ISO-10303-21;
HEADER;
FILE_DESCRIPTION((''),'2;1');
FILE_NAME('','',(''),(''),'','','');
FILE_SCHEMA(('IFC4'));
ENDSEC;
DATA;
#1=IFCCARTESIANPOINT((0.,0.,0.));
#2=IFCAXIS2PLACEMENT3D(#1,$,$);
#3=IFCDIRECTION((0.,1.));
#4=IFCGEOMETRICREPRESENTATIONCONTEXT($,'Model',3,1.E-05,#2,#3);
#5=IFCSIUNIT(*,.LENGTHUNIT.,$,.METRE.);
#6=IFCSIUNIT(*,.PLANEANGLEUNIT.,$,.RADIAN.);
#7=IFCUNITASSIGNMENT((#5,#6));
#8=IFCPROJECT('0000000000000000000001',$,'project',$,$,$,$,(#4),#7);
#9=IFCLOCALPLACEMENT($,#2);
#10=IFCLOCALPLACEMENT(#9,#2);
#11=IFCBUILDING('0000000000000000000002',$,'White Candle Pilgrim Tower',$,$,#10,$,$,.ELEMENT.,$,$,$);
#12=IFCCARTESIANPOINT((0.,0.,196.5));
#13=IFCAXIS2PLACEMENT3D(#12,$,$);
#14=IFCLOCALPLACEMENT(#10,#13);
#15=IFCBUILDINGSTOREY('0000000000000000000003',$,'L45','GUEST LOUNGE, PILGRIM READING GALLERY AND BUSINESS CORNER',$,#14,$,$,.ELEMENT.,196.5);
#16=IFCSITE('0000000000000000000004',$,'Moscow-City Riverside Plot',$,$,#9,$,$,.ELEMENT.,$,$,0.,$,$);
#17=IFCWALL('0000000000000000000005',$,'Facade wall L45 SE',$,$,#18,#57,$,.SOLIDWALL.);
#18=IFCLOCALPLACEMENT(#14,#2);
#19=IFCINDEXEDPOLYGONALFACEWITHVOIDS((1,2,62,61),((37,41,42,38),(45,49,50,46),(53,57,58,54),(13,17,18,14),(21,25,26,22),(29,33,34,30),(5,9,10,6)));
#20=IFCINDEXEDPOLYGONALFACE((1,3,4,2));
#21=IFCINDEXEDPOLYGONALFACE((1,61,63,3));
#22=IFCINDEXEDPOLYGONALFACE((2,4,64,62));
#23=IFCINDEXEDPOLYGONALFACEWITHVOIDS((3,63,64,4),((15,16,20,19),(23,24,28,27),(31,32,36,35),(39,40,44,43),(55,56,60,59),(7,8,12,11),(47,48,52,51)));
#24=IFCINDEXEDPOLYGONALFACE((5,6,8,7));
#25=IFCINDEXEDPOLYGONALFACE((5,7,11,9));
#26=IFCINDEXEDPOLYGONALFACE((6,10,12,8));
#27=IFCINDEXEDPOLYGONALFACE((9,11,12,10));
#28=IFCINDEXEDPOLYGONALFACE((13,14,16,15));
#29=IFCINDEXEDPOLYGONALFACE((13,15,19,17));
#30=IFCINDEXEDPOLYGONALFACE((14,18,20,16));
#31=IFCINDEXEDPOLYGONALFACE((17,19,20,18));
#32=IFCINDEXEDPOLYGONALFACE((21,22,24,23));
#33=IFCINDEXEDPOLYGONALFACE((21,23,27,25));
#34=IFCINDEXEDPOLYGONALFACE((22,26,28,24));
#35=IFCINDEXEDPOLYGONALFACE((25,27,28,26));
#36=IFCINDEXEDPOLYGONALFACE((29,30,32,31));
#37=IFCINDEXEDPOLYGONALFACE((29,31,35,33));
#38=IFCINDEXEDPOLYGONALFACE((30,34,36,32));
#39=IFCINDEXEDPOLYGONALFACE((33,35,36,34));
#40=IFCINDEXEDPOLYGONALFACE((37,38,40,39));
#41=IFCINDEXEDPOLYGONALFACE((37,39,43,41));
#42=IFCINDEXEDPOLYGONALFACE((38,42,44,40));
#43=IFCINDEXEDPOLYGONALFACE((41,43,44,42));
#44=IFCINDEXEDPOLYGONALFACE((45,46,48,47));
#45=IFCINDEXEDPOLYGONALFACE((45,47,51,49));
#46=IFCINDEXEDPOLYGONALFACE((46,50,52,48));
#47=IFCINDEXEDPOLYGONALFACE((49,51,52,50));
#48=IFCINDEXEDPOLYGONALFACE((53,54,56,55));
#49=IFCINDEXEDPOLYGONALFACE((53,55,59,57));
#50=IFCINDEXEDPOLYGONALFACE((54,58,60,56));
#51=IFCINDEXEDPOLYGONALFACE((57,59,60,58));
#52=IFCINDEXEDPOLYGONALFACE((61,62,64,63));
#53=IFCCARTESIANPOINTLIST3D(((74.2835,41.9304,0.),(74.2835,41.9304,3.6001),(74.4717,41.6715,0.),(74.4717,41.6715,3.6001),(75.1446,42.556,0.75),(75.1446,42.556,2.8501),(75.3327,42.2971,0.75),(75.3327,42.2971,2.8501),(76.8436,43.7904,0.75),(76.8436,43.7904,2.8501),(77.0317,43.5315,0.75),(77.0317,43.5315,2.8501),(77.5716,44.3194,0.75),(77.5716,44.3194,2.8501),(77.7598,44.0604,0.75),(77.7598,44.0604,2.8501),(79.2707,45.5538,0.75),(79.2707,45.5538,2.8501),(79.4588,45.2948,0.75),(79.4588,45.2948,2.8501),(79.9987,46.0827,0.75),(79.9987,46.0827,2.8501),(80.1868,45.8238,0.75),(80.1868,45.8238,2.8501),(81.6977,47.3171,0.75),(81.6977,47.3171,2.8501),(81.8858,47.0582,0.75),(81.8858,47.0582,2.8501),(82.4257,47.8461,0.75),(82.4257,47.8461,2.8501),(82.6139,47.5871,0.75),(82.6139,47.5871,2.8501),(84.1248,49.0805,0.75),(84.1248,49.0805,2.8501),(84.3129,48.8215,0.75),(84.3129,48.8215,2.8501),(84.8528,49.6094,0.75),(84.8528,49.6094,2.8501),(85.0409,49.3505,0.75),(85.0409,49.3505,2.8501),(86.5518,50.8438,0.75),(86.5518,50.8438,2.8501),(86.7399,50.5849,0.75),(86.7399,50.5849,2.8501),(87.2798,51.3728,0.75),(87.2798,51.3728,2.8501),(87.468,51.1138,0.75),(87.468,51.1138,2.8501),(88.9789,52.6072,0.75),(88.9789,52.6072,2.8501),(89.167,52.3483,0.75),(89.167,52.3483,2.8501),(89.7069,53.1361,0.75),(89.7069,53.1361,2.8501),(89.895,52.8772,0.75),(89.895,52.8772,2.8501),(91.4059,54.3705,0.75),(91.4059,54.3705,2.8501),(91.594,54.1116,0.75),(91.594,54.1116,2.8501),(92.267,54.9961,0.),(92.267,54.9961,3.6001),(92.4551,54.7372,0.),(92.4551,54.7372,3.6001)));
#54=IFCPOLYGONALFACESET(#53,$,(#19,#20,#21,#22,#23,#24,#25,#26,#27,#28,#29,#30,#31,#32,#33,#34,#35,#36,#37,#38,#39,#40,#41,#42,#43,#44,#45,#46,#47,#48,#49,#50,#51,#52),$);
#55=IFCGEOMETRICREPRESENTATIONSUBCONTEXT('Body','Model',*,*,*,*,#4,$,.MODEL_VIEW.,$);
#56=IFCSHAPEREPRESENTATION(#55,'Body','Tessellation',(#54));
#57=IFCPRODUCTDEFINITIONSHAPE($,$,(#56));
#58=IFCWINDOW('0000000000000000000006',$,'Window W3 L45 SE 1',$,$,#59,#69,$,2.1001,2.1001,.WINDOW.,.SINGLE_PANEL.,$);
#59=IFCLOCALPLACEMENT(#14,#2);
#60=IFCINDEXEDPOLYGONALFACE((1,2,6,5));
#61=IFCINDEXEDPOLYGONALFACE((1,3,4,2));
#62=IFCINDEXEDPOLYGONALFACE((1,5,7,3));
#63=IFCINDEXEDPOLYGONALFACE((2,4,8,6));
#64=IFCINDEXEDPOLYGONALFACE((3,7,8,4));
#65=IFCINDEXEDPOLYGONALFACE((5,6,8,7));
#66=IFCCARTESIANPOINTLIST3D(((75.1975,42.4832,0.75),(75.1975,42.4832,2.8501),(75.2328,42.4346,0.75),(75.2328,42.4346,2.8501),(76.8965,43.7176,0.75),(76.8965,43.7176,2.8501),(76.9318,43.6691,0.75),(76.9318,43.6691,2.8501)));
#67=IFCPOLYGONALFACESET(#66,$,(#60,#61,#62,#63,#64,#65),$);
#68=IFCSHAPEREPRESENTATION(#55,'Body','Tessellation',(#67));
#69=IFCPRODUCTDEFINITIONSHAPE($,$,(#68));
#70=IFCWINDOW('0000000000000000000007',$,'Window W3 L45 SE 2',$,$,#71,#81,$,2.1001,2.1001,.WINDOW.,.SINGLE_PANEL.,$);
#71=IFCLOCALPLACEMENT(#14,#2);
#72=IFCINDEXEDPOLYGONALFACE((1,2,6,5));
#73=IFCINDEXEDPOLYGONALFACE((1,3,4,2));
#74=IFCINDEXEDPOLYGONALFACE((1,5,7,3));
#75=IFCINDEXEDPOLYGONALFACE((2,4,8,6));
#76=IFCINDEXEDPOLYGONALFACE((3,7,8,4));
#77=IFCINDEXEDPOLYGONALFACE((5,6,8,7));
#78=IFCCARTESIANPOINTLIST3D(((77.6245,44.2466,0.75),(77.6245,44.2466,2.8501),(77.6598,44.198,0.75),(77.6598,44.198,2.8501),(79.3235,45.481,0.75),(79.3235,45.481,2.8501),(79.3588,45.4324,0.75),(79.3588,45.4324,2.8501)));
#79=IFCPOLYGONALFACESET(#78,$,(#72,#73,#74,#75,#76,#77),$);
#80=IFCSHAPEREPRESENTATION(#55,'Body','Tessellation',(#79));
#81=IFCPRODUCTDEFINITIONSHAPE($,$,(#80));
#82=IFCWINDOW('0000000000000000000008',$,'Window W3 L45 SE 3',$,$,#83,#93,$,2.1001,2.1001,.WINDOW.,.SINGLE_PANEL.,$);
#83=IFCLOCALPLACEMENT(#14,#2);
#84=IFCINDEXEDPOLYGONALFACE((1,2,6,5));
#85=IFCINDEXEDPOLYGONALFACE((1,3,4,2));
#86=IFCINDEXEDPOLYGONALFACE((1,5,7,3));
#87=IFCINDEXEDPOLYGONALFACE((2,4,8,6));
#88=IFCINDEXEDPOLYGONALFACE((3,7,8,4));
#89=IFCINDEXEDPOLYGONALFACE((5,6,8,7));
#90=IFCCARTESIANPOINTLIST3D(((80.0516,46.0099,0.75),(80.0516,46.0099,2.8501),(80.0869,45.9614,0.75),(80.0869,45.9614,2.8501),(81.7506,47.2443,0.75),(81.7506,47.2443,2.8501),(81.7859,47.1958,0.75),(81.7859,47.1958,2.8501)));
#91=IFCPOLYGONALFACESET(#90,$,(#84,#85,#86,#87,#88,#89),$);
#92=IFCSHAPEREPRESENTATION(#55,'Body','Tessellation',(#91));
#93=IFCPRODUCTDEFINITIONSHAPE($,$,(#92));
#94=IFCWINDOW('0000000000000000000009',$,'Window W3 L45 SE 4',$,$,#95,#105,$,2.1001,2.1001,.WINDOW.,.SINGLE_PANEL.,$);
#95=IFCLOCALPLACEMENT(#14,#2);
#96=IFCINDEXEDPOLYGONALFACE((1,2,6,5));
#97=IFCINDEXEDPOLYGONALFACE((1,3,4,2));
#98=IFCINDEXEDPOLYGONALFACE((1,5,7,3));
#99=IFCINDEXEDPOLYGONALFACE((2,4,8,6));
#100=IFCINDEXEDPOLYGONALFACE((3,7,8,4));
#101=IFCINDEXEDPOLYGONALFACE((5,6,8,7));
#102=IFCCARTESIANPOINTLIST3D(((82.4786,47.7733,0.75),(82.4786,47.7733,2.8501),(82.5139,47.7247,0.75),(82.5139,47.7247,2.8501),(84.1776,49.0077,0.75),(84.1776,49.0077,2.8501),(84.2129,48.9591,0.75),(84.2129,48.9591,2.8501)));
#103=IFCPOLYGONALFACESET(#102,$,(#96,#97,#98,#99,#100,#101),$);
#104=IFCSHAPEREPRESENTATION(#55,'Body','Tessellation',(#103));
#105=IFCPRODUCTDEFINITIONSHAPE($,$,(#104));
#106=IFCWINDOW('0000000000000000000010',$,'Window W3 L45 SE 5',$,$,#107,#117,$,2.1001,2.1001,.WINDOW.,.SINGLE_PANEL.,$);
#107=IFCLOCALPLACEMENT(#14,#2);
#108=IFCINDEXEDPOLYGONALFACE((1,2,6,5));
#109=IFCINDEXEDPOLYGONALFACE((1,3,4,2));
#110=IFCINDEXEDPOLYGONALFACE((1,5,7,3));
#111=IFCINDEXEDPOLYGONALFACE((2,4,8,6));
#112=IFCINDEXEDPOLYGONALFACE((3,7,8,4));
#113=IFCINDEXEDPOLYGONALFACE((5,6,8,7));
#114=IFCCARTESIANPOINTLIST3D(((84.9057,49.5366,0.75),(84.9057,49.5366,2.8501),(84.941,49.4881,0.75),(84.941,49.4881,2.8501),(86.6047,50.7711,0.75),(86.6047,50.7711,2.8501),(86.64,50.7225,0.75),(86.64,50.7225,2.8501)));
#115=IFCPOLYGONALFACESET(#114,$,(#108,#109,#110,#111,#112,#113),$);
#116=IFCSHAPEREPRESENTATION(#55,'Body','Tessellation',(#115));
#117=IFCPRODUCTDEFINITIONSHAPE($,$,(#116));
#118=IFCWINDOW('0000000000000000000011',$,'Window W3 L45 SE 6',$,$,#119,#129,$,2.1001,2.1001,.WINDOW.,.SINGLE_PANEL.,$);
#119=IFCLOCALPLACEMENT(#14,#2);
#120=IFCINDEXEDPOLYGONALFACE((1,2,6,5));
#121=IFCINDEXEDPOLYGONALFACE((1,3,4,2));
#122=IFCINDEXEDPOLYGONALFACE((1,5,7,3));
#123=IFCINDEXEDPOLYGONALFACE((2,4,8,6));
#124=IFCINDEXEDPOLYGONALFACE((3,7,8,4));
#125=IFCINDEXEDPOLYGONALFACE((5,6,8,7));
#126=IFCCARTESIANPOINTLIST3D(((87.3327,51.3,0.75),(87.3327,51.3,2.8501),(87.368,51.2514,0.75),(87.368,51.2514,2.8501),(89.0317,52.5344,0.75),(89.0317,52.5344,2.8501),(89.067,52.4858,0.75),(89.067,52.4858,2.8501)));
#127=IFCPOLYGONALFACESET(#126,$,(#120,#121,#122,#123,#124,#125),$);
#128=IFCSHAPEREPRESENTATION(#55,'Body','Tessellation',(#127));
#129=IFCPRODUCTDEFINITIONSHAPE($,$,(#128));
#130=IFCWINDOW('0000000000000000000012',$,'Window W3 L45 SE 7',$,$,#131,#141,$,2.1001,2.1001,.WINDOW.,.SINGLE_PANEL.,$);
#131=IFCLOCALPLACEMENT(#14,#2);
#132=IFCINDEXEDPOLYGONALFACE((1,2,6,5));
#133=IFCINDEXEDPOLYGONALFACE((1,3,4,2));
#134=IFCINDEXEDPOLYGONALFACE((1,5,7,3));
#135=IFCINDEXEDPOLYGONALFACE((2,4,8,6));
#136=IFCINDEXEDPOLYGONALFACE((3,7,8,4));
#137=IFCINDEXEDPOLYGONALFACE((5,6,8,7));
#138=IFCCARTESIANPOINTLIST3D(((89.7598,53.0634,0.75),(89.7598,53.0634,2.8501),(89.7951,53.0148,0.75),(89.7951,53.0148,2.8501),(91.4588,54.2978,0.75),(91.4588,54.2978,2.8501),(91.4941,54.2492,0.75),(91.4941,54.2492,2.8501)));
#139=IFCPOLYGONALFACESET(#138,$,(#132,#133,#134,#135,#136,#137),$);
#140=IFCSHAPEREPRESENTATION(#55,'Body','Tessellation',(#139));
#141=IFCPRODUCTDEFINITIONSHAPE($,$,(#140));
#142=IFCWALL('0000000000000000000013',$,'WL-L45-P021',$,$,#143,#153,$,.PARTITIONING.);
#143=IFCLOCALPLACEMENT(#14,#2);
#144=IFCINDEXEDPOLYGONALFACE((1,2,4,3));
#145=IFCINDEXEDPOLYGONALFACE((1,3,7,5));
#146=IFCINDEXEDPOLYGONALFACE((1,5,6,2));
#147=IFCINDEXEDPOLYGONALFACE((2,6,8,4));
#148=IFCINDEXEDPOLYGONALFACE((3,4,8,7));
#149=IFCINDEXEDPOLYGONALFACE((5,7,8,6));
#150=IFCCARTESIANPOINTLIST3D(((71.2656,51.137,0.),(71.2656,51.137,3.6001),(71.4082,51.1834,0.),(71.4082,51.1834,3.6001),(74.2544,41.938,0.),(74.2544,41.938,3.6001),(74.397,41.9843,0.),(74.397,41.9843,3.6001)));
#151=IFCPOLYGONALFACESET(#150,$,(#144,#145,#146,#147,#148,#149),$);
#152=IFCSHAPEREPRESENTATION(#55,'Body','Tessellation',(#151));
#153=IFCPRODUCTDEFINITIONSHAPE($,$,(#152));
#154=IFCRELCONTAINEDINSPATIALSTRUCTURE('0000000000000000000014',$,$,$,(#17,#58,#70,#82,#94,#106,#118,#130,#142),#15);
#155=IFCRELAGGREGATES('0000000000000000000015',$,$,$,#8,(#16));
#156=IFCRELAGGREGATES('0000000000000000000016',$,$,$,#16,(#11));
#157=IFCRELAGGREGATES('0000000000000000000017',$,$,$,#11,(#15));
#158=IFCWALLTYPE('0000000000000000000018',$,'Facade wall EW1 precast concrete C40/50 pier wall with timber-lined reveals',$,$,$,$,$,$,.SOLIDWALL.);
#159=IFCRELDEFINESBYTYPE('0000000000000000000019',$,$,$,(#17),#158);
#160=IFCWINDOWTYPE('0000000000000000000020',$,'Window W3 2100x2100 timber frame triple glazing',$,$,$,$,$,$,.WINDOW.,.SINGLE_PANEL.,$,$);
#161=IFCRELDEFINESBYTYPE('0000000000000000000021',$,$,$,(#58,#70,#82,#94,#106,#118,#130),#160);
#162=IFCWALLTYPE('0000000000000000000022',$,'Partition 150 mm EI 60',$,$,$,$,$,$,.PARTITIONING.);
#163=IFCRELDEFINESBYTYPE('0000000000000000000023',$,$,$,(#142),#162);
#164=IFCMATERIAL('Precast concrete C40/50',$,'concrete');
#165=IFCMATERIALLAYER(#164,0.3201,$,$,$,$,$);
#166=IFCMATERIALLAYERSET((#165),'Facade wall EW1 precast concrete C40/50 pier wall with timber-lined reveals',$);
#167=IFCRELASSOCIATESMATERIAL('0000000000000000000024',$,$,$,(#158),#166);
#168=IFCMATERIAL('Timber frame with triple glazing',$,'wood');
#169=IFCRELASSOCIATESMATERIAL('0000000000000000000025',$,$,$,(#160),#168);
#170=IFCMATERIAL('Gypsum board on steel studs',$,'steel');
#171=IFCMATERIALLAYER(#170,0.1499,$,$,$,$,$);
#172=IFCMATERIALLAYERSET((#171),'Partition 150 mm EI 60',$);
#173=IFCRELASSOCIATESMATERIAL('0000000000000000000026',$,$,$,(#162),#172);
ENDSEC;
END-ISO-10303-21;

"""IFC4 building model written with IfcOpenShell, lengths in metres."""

from ifc_helpers import new_model, si_unit, direction, frame, frame_2d, origin, place, context, subcontext, project, spatial, rectangle, extrude, material, layer, layer_set, type_object, element, fill, save


model = new_model("IFC4")

# Units and contexts
model_context = context("Model", 3, precision=1e-05, world=origin(), true_north=direction((0.0, 1.0)))
body_context = subcontext(model_context, "Body", "Model", "MODEL_VIEW")
ifc_project = project(units=[si_unit("LENGTHUNIT", "METRE"), si_unit("PLANEANGLEUNIT", "RADIAN")], contexts=[model_context])

# Site, building, storey
site_placement = place(None, origin())
site = spatial("IfcSite", under=ifc_project, at=site_placement, Name="Moscow-City Riverside Plot", CompositionType="ELEMENT", RefElevation=0.0)
building_placement = place(site_placement, origin())
building = spatial("IfcBuilding", under=site, at=building_placement, Name="White Candle Pilgrim Tower", CompositionType="ELEMENT")
storey_placement = place(building_placement, frame((0.0, 0.0, 196.5)))
storey = spatial("IfcBuildingStorey", under=building, at=storey_placement, Name="L45", Description="GUEST LOUNGE, PILGRIM READING GALLERY AND BUSINESS CORNER", CompositionType="ELEMENT", Elevation=196.5)

# Shared definitions
ifc_material_1 = material(Name="Gypsum board on steel studs", Category="steel")

# Wall, openings, windows
ifc_material_2 = material(Name="Precast concrete C40/50", Category="concrete")
ifc_layer_1 = layer(ifc_material_2, 0.3201)
ifc_layer_set_1 = layer_set([ifc_layer_1], Name="Facade wall EW1 precast concrete C40/50 pier wall with timber-lined reveals")
wall_type_1 = type_object("IfcWallType", Name="Facade wall EW1 precast concrete C40/50 pier wall with timber-lined reveals", PredefinedType="SOLIDWALL", material=ifc_layer_set_1)
wall_1_placement = place(storey_placement, frame((74.3777, 41.801, 0.0), z_axis=(0.0, 0.0, 1.0), x_axis=(0.809018, 0.587784, 0.0)))
wall_1 = element("IfcWall", 1, at=wall_1_placement, inside=storey, type_object=wall_type_1, Name="Facade wall L45 SE", PredefinedType="SOLIDWALL", context=body_context, shape_type="SweptSolid", body=[
    extrude(rectangle(XDim=22.2288, YDim=0.3201, at=frame_2d((11.1143, 0.0))), origin(), (0.0, 0.0, 1.0), 3.6001),
])
opening_1_placement = place(wall_1_placement, frame((1.0642, 0.0, 0.75)))
opening_1 = element("IfcOpeningElement", 2, at=opening_1_placement, cuts=wall_1, PredefinedType="OPENING", context=body_context, shape_type="SweptSolid", body=[
    extrude(rectangle(XDim=2.1001, YDim=2.1001, at=frame_2d((1.05, 1.05))), frame((0.0, 0.1699, 0.0), z_axis=(0.0, -1.0, 0.0), x_axis=(1.0, 0.0, 0.0)), (0.0, 0.0, 1.0), 0.3401),
])
opening_2_placement = place(wall_1_placement, frame((4.0642, 0.0, 0.75)))
opening_2 = element("IfcOpeningElement", 3, at=opening_2_placement, cuts=wall_1, PredefinedType="OPENING", context=body_context, shape_type="SweptSolid", body=[
    extrude(rectangle(XDim=2.1001, YDim=2.1001, at=frame_2d((1.05, 1.05))), frame((0.0, 0.1699, 0.0), z_axis=(0.0, -1.0, 0.0), x_axis=(1.0, 0.0, 0.0)), (0.0, 0.0, 1.0), 0.3401),
])
opening_3_placement = place(wall_1_placement, frame((7.0642, 0.0, 0.75)))
opening_3 = element("IfcOpeningElement", 4, at=opening_3_placement, cuts=wall_1, PredefinedType="OPENING", context=body_context, shape_type="SweptSolid", body=[
    extrude(rectangle(XDim=2.1001, YDim=2.1001, at=frame_2d((1.05, 1.05))), frame((0.0, 0.1699, 0.0), z_axis=(0.0, -1.0, 0.0), x_axis=(1.0, 0.0, 0.0)), (0.0, 0.0, 1.0), 0.3401),
])
opening_4_placement = place(wall_1_placement, frame((10.0642, 0.0, 0.75)))
opening_4 = element("IfcOpeningElement", 5, at=opening_4_placement, cuts=wall_1, PredefinedType="OPENING", context=body_context, shape_type="SweptSolid", body=[
    extrude(rectangle(XDim=2.1001, YDim=2.1001, at=frame_2d((1.05, 1.05))), frame((0.0, 0.1699, 0.0), z_axis=(0.0, -1.0, 0.0), x_axis=(1.0, 0.0, 0.0)), (0.0, 0.0, 1.0), 0.3401),
])
opening_5_placement = place(wall_1_placement, frame((13.0642, 0.0, 0.75)))
opening_5 = element("IfcOpeningElement", 6, at=opening_5_placement, cuts=wall_1, PredefinedType="OPENING", context=body_context, shape_type="SweptSolid", body=[
    extrude(rectangle(XDim=2.1001, YDim=2.1001, at=frame_2d((1.05, 1.05))), frame((0.0, 0.1699, 0.0), z_axis=(0.0, -1.0, 0.0), x_axis=(1.0, 0.0, 0.0)), (0.0, 0.0, 1.0), 0.3401),
])
opening_6_placement = place(wall_1_placement, frame((16.0642, 0.0, 0.75)))
opening_6 = element("IfcOpeningElement", 7, at=opening_6_placement, cuts=wall_1, PredefinedType="OPENING", context=body_context, shape_type="SweptSolid", body=[
    extrude(rectangle(XDim=2.1001, YDim=2.1001, at=frame_2d((1.05, 1.05))), frame((0.0, 0.1699, 0.0), z_axis=(0.0, -1.0, 0.0), x_axis=(1.0, 0.0, 0.0)), (0.0, 0.0, 1.0), 0.3401),
])
opening_7_placement = place(wall_1_placement, frame((19.0642, 0.0, 0.75)))
opening_7 = element("IfcOpeningElement", 8, at=opening_7_placement, cuts=wall_1, PredefinedType="OPENING", context=body_context, shape_type="SweptSolid", body=[
    extrude(rectangle(XDim=2.1001, YDim=2.1001, at=frame_2d((1.05, 1.05))), frame((0.0, 0.1699, 0.0), z_axis=(0.0, -1.0, 0.0), x_axis=(1.0, 0.0, 0.0)), (0.0, 0.0, 1.0), 0.3401),
])
ifc_material_3 = material(Name="Timber frame with triple glazing", Category="wood")
window_type = type_object("IfcWindowType", Name="Window W3 2100x2100 timber frame triple glazing", PartitioningType="SINGLE_PANEL", PredefinedType="WINDOW", material=ifc_material_3)
window_1_placement = place(opening_1_placement, origin())
window_1 = element("IfcWindow", 9, at=window_1_placement, inside=storey, type_object=window_type, Name="Window W3 L45 SE 1", OverallHeight=2.1001, OverallWidth=2.1001, PartitioningType="SINGLE_PANEL", PredefinedType="WINDOW", context=body_context, shape_type="SweptSolid", body=[
    extrude(rectangle(XDim=2.1001, YDim=2.1001, at=frame_2d((1.05, 1.05))), frame((0.0, 0.0701, 0.0), z_axis=(0.0, -1.0, 0.0), x_axis=(1.0, 0.0, 0.0)), (0.0, 0.0, 1.0), 0.0601),
])
fill(opening_1, window_1)
window_2_placement = place(opening_2_placement, origin())
window_2 = element("IfcWindow", 10, at=window_2_placement, inside=storey, type_object=window_type, Name="Window W3 L45 SE 2", OverallHeight=2.1001, OverallWidth=2.1001, PartitioningType="SINGLE_PANEL", PredefinedType="WINDOW", context=body_context, shape_type="SweptSolid", body=[
    extrude(rectangle(XDim=2.1001, YDim=2.1001, at=frame_2d((1.05, 1.05))), frame((0.0, 0.0701, 0.0), z_axis=(0.0, -1.0, 0.0), x_axis=(1.0, 0.0, 0.0)), (0.0, 0.0, 1.0), 0.0601),
])
fill(opening_2, window_2)
window_3_placement = place(opening_3_placement, origin())
window_3 = element("IfcWindow", 11, at=window_3_placement, inside=storey, type_object=window_type, Name="Window W3 L45 SE 3", OverallHeight=2.1001, OverallWidth=2.1001, PartitioningType="SINGLE_PANEL", PredefinedType="WINDOW", context=body_context, shape_type="SweptSolid", body=[
    extrude(rectangle(XDim=2.1001, YDim=2.1001, at=frame_2d((1.05, 1.05))), frame((0.0, 0.0701, 0.0), z_axis=(0.0, -1.0, 0.0), x_axis=(1.0, 0.0, 0.0)), (0.0, 0.0, 1.0), 0.0601),
])
fill(opening_3, window_3)
window_4_placement = place(opening_4_placement, origin())
window_4 = element("IfcWindow", 12, at=window_4_placement, inside=storey, type_object=window_type, Name="Window W3 L45 SE 4", OverallHeight=2.1001, OverallWidth=2.1001, PartitioningType="SINGLE_PANEL", PredefinedType="WINDOW", context=body_context, shape_type="SweptSolid", body=[
    extrude(rectangle(XDim=2.1001, YDim=2.1001, at=frame_2d((1.05, 1.05))), frame((0.0, 0.0701, 0.0), z_axis=(0.0, -1.0, 0.0), x_axis=(1.0, 0.0, 0.0)), (0.0, 0.0, 1.0), 0.0601),
])
fill(opening_4, window_4)
window_5_placement = place(opening_5_placement, origin())
window_5 = element("IfcWindow", 13, at=window_5_placement, inside=storey, type_object=window_type, Name="Window W3 L45 SE 5", OverallHeight=2.1001, OverallWidth=2.1001, PartitioningType="SINGLE_PANEL", PredefinedType="WINDOW", context=body_context, shape_type="SweptSolid", body=[
    extrude(rectangle(XDim=2.1001, YDim=2.1001, at=frame_2d((1.05, 1.05))), frame((0.0, 0.0701, 0.0), z_axis=(0.0, -1.0, 0.0), x_axis=(1.0, 0.0, 0.0)), (0.0, 0.0, 1.0), 0.0601),
])
fill(opening_5, window_5)
window_6_placement = place(opening_6_placement, origin())
window_6 = element("IfcWindow", 14, at=window_6_placement, inside=storey, type_object=window_type, Name="Window W3 L45 SE 6", OverallHeight=2.1001, OverallWidth=2.1001, PartitioningType="SINGLE_PANEL", PredefinedType="WINDOW", context=body_context, shape_type="SweptSolid", body=[
    extrude(rectangle(XDim=2.1001, YDim=2.1001, at=frame_2d((1.05, 1.05))), frame((0.0, 0.0701, 0.0), z_axis=(0.0, -1.0, 0.0), x_axis=(1.0, 0.0, 0.0)), (0.0, 0.0, 1.0), 0.0601),
])
fill(opening_6, window_6)
window_7_placement = place(opening_7_placement, origin())
window_7 = element("IfcWindow", 15, at=window_7_placement, inside=storey, type_object=window_type, Name="Window W3 L45 SE 7", OverallHeight=2.1001, OverallWidth=2.1001, PartitioningType="SINGLE_PANEL", PredefinedType="WINDOW", context=body_context, shape_type="SweptSolid", body=[
    extrude(rectangle(XDim=2.1001, YDim=2.1001, at=frame_2d((1.05, 1.05))), frame((0.0, 0.0701, 0.0), z_axis=(0.0, -1.0, 0.0), x_axis=(1.0, 0.0, 0.0)), (0.0, 0.0, 1.0), 0.0601),
])
fill(opening_7, window_7)

# Wall
ifc_layer_2 = layer(ifc_material_1, 0.1499)
ifc_layer_set_2 = layer_set([ifc_layer_2], Name="Partition 150 mm EI 60")
wall_type_2 = type_object("IfcWallType", Name="Partition 150 mm EI 60", PredefinedType="PARTITIONING", material=ifc_layer_set_2)
wall_2_placement = place(storey_placement, frame((74.3257, 41.9612, 0.0), z_axis=(0.0, 0.0, 1.0), x_axis=(-0.309002, 0.951061, 0.0)))
element("IfcWall", 16, at=wall_2_placement, inside=storey, type_object=wall_type_2, Name="WL-L45-P021", PredefinedType="PARTITIONING", context=body_context, shape_type="SweptSolid", body=[
    extrude(rectangle(XDim=9.6724, YDim=0.1499, at=frame_2d((4.8362, 0.0))), origin(), (0.0, 0.0, 1.0), 3.6001),
])

save(model, "model.ifc")
